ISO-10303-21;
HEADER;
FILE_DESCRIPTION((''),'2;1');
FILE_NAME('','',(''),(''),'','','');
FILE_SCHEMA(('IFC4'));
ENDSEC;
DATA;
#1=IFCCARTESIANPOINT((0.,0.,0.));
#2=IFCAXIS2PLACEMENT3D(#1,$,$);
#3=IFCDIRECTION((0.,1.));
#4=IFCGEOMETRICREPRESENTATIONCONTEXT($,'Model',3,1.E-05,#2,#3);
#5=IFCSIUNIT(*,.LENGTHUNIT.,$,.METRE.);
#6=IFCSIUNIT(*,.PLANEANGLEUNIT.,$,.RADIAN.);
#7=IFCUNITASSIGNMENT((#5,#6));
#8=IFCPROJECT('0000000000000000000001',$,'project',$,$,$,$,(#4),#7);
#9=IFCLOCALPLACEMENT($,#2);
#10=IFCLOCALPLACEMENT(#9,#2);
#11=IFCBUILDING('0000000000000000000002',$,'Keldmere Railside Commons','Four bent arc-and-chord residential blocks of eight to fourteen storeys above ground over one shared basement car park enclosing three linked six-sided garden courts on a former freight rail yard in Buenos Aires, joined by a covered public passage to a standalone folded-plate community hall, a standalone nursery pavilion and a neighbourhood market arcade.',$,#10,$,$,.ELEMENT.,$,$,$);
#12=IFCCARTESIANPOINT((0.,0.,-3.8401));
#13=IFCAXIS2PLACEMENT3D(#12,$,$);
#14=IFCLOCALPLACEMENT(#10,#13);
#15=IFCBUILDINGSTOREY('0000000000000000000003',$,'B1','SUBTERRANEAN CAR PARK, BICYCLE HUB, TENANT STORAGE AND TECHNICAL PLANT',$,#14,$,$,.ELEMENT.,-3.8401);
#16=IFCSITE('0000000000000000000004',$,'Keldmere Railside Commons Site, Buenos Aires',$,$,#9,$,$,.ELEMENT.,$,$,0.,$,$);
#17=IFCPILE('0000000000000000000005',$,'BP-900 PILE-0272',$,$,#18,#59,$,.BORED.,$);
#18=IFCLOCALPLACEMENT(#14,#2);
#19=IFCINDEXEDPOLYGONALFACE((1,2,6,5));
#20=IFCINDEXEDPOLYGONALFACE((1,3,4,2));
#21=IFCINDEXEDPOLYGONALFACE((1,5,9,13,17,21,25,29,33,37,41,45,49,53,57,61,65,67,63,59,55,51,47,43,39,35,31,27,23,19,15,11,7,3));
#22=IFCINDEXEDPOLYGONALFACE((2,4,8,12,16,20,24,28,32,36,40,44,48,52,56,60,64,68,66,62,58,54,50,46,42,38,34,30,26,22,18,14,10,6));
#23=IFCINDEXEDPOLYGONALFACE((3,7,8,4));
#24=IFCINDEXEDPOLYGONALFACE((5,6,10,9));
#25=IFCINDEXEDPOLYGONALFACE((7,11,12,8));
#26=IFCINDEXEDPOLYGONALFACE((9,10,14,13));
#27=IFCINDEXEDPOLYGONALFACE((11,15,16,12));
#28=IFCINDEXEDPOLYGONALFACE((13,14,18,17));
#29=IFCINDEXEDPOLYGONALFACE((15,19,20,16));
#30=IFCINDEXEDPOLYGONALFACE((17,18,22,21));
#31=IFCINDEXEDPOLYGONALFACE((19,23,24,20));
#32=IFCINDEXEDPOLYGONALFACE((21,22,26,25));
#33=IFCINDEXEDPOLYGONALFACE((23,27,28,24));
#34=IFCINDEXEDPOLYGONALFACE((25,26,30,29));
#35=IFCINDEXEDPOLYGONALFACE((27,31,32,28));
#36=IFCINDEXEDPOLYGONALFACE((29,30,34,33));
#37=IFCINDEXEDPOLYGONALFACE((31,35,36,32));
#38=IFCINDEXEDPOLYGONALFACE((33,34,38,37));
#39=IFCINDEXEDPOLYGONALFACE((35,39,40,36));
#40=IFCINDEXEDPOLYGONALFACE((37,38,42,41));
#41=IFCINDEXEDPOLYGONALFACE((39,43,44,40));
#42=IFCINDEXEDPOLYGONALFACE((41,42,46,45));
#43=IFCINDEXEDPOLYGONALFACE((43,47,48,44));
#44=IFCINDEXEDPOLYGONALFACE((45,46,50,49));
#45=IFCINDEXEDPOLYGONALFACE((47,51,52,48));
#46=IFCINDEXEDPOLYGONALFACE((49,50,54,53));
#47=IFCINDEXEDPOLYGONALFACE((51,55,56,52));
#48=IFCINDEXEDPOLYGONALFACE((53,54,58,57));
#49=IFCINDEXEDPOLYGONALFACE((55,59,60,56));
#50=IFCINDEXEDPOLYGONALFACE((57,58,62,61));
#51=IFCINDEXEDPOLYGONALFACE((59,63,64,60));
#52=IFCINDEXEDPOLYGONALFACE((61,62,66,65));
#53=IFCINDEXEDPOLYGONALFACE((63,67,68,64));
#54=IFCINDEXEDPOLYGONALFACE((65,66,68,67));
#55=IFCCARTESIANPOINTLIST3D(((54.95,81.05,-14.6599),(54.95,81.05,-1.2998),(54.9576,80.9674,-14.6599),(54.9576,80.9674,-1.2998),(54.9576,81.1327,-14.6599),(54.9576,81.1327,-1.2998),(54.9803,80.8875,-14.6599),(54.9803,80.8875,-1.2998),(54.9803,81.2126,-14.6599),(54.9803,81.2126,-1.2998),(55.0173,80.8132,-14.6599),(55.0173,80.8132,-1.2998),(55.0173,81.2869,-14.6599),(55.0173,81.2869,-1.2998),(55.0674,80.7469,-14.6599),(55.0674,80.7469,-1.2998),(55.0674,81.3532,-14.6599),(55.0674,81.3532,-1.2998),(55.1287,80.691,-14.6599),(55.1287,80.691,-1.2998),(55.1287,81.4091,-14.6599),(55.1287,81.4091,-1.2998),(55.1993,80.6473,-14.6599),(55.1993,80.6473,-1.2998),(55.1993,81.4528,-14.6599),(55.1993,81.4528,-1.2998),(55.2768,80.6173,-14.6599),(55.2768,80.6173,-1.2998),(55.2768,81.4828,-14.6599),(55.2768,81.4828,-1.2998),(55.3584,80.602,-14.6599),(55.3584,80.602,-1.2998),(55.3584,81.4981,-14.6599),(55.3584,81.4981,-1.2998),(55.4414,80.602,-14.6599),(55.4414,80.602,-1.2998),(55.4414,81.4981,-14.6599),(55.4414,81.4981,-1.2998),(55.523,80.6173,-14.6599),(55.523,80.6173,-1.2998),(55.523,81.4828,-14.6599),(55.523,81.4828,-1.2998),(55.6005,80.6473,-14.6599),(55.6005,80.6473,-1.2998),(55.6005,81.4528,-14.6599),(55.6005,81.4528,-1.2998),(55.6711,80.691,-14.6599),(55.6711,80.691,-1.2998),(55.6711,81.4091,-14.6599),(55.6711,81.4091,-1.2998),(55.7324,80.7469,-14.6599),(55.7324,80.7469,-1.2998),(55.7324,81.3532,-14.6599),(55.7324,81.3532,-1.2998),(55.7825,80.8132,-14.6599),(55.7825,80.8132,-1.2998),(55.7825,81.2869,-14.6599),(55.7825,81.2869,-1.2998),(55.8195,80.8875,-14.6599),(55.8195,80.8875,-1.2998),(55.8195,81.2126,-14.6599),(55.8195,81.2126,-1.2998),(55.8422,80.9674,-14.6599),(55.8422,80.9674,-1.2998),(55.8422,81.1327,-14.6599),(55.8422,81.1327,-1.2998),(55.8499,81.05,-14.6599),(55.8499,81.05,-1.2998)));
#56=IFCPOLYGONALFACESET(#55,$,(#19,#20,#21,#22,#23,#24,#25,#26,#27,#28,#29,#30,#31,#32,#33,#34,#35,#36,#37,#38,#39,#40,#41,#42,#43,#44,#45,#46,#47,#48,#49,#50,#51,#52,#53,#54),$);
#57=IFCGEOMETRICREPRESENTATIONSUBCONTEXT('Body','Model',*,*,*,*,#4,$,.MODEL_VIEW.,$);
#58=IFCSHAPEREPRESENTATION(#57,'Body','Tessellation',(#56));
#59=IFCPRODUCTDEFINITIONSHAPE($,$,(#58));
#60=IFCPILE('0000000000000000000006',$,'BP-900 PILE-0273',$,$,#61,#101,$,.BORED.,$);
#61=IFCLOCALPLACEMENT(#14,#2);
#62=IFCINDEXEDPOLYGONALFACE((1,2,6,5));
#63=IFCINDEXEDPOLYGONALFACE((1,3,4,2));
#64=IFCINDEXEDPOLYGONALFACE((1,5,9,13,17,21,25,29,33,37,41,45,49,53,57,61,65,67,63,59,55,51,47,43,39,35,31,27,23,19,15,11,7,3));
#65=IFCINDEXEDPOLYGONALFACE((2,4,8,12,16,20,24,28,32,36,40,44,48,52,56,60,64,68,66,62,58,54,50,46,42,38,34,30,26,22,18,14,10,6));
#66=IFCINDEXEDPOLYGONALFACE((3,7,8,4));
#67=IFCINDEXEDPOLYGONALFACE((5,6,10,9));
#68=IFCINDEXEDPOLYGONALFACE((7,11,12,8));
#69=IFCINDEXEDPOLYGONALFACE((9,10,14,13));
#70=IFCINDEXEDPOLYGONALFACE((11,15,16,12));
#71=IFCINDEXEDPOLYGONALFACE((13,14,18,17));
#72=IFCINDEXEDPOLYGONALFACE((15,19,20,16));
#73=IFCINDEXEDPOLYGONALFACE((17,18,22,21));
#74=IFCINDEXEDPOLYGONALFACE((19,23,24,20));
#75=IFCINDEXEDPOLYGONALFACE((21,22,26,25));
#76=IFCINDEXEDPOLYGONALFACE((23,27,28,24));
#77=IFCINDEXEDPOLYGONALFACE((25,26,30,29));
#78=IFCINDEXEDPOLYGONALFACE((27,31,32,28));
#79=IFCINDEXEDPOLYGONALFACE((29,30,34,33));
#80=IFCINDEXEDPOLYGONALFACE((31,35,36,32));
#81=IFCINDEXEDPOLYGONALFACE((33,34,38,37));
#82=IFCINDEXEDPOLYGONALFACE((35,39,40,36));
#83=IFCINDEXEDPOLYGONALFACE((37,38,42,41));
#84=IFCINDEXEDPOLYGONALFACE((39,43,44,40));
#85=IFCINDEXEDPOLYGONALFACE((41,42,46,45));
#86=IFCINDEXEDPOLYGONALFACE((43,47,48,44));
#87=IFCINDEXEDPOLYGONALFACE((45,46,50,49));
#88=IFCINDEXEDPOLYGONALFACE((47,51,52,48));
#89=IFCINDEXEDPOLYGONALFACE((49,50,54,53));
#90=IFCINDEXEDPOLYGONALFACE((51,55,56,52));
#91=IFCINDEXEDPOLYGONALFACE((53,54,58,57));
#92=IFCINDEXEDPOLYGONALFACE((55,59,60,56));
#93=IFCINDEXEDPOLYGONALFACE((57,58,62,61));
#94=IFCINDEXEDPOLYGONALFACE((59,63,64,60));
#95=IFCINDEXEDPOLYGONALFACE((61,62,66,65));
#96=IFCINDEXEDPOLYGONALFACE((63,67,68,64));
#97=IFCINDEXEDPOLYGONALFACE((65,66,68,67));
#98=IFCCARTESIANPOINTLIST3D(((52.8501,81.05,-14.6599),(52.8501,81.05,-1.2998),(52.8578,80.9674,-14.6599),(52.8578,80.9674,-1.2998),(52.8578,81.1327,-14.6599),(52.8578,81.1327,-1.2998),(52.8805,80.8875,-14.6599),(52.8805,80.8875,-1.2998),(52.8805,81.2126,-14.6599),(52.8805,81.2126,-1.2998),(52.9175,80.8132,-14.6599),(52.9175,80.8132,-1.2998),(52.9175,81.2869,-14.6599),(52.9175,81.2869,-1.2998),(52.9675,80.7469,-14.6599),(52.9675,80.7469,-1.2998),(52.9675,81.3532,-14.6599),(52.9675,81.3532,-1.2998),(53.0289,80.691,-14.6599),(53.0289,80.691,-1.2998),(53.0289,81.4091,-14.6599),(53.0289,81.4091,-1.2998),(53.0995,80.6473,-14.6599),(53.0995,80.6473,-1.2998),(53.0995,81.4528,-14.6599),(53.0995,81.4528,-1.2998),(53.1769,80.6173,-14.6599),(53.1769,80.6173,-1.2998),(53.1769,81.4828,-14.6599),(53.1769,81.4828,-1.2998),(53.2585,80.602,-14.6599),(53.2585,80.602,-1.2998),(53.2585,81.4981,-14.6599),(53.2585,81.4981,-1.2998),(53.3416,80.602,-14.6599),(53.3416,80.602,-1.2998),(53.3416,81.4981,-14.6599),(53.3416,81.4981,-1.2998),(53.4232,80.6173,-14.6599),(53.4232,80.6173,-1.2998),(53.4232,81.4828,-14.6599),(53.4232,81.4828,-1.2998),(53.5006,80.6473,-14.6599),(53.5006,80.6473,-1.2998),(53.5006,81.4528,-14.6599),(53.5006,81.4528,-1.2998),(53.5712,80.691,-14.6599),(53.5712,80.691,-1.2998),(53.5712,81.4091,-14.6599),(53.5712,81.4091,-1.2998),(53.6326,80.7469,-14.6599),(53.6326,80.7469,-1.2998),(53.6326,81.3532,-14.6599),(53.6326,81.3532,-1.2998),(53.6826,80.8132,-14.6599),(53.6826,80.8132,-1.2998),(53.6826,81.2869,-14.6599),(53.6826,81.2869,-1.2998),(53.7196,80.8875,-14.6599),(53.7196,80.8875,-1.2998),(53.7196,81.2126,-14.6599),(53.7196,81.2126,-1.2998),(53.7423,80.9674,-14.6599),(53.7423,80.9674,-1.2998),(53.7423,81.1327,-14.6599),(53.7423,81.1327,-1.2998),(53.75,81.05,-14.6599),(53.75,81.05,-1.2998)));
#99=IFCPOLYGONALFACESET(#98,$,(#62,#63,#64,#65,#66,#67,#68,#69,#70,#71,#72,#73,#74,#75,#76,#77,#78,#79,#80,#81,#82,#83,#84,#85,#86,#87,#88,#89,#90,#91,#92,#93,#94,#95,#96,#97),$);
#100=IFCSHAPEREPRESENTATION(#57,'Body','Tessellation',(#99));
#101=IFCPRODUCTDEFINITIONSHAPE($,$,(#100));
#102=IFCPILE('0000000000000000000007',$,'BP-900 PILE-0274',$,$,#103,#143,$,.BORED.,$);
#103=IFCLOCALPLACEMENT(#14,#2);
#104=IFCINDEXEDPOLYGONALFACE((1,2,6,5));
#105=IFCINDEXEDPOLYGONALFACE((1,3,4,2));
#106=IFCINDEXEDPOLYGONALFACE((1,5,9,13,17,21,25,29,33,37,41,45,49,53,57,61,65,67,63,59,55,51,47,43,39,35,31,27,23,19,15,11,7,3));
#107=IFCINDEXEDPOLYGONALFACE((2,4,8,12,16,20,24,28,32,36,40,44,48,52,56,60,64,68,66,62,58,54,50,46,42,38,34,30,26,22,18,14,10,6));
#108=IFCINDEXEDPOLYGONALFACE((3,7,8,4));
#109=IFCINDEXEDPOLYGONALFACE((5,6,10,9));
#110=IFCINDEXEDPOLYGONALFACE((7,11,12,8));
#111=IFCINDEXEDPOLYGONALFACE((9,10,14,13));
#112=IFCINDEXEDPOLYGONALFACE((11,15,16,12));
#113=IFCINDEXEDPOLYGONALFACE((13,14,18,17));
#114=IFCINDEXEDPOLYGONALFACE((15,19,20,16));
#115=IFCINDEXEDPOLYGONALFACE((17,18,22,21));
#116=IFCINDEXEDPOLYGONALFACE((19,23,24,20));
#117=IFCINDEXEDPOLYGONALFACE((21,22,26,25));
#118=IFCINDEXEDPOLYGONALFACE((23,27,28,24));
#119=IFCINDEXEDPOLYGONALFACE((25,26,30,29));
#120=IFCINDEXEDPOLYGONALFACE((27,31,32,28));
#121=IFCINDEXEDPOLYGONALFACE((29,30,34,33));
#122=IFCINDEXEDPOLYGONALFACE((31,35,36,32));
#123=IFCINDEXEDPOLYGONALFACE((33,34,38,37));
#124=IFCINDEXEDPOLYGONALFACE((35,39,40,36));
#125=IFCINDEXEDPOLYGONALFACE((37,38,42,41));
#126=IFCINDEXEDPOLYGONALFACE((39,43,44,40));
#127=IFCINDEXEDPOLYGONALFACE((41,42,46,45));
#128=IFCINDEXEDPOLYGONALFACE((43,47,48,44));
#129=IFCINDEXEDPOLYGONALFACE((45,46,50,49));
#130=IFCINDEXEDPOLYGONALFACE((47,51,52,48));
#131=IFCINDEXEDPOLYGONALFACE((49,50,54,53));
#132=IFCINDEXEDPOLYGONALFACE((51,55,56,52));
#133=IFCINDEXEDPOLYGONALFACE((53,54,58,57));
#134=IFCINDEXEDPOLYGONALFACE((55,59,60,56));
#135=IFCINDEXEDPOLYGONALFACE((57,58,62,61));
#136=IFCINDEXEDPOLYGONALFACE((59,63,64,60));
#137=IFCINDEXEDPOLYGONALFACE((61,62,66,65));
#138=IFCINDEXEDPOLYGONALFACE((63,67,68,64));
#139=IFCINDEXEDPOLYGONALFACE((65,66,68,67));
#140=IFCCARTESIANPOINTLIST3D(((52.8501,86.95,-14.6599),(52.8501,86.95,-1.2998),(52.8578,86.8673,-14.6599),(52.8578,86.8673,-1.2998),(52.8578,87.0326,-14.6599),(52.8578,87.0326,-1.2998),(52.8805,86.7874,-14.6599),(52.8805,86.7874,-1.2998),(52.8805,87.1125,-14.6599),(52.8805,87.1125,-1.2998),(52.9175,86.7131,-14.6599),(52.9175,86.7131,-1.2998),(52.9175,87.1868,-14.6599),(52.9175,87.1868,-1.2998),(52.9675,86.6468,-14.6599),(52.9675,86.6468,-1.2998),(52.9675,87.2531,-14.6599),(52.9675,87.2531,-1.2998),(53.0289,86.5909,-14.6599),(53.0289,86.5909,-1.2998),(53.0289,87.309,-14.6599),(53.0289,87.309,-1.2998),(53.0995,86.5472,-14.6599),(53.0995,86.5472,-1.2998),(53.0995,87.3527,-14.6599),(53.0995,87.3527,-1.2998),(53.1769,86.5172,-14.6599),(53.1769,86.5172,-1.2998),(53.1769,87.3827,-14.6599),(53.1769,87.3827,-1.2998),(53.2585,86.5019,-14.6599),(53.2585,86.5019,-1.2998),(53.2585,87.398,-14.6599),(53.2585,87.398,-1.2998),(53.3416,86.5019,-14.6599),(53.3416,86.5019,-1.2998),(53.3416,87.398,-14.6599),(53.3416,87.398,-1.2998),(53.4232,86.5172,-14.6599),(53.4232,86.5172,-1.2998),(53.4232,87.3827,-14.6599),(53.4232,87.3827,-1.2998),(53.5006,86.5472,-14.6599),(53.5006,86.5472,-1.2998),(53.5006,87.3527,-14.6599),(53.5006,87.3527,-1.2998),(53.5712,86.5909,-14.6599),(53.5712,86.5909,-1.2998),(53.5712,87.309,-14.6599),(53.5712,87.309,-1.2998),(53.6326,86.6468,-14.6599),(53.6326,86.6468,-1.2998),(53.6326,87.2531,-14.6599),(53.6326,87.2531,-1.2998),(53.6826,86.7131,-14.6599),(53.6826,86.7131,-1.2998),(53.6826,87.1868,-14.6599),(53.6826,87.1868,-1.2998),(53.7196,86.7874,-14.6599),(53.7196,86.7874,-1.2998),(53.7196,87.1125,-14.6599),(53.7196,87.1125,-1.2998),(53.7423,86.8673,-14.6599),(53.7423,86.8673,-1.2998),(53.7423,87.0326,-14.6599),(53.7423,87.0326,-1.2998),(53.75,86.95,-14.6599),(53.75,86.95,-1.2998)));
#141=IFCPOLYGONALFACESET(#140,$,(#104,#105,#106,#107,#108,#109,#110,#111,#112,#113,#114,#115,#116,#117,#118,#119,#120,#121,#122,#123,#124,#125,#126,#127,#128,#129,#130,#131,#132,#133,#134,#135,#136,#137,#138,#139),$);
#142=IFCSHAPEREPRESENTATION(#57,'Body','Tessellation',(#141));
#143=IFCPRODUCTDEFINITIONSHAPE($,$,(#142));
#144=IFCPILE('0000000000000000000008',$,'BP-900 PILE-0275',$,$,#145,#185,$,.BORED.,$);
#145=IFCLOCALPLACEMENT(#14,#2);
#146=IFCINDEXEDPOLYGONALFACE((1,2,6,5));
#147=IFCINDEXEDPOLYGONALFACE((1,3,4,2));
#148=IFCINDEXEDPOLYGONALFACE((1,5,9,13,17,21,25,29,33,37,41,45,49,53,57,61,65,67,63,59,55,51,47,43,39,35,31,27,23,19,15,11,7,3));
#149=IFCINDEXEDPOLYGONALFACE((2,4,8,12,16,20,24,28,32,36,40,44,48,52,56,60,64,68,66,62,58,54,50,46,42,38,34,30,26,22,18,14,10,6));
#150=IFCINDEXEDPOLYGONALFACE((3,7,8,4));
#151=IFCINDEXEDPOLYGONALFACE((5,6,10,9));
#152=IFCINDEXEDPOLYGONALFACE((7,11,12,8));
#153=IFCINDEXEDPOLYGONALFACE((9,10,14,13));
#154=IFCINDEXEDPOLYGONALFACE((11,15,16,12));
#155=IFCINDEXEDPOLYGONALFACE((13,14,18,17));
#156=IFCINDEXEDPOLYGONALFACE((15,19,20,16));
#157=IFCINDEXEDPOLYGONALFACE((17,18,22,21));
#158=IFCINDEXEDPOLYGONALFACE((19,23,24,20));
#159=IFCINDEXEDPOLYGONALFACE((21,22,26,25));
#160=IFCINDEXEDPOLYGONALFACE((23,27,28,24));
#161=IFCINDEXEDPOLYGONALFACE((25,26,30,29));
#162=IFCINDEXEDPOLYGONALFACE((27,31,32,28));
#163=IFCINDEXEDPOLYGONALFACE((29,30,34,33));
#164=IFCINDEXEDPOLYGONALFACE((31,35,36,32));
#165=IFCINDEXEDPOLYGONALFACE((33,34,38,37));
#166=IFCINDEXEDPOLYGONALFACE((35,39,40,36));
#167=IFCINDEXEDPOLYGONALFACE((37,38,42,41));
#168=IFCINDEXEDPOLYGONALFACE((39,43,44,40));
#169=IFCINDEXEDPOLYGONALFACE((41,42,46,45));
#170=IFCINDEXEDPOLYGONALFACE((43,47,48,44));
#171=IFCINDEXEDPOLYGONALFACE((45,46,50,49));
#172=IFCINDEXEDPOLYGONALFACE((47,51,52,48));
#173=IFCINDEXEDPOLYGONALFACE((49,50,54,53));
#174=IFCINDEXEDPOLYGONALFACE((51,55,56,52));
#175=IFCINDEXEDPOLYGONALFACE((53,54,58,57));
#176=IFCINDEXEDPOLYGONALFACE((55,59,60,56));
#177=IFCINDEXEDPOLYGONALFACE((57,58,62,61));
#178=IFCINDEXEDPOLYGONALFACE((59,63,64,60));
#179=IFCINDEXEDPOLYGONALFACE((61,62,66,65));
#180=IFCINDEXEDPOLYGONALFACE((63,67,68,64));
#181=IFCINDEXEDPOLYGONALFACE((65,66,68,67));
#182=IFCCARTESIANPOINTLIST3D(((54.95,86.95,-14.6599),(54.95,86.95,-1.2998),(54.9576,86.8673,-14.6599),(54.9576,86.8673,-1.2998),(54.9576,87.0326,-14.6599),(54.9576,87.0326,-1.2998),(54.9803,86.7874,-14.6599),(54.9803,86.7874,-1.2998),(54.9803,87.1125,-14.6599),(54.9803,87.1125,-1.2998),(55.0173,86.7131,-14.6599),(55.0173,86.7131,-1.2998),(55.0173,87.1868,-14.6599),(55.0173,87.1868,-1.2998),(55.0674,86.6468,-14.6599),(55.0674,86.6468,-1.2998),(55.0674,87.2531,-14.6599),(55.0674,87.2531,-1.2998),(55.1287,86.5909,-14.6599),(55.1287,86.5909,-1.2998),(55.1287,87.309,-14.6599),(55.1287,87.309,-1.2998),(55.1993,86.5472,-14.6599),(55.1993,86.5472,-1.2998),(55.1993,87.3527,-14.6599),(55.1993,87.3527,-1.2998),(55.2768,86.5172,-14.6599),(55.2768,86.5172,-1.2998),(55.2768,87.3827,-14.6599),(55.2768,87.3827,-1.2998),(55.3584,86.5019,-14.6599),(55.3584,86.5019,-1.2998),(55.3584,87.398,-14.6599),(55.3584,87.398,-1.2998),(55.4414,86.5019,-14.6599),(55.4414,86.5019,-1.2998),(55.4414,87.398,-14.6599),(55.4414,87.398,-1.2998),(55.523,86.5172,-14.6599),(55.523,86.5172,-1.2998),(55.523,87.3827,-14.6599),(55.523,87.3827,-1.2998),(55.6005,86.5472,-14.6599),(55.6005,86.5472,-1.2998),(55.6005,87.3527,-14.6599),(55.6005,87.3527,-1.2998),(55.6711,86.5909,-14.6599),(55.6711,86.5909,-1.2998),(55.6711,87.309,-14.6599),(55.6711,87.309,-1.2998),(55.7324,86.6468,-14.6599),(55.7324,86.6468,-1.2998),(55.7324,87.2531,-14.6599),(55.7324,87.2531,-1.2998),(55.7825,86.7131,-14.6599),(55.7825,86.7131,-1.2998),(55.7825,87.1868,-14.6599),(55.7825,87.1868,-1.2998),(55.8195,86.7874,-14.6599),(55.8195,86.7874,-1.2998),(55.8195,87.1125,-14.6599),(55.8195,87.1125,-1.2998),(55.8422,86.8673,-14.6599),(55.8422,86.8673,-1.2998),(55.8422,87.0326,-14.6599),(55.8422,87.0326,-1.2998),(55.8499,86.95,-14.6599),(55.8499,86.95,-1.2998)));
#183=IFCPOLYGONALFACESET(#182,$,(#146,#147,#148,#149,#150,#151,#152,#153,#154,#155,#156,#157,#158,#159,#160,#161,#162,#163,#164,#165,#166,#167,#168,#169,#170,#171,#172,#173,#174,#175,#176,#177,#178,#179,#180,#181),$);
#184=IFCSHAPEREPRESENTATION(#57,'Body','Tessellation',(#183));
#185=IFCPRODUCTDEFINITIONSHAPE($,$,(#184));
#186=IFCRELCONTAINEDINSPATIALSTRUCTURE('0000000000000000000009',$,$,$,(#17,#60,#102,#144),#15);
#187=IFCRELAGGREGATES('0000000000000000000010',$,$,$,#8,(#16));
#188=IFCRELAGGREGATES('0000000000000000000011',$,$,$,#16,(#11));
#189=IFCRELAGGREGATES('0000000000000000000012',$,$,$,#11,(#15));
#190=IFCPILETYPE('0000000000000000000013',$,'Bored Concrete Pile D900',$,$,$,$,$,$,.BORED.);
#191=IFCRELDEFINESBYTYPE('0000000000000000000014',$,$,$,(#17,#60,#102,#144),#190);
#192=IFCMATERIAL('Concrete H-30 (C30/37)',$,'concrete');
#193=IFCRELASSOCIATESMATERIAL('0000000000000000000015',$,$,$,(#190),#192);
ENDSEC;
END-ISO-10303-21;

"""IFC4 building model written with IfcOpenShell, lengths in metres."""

from ifc_helpers import new_model, si_unit, direction, frame, origin, origin_2d, place, context, subcontext, project, spatial, circle, extrude, material, material_profile, profile_set, type_object, element, save


model = new_model("IFC4")

# Units and contexts
model_context = context("Model", 3, precision=1e-05, world=origin(), true_north=direction((0.0, 1.0)))
body_context = subcontext(model_context, "Body", "Model", "MODEL_VIEW")
ifc_project = project(units=[si_unit("LENGTHUNIT", "METRE"), si_unit("PLANEANGLEUNIT", "RADIAN")], contexts=[model_context])

# Site, building, storey
site_placement = place(None, origin())
site = spatial("IfcSite", under=ifc_project, at=site_placement, Name="Keldmere Railside Commons Site, Buenos Aires", CompositionType="ELEMENT", RefElevation=0.0)
building_placement = place(site_placement, origin())
building = spatial("IfcBuilding", under=site, at=building_placement, Name="Keldmere Railside Commons", Description="Four bent arc-and-chord residential blocks of eight to fourteen storeys above ground over one shared basement car park enclosing three linked six-sided garden courts on a former freight rail yard in Buenos Aires, joined by a covered public passage to a standalone folded-plate community hall, a standalone nursery pavilion and a neighbourhood market arcade.", CompositionType="ELEMENT")
storey_placement = place(building_placement, frame((0.0, 0.0, -3.8401)))
storey = spatial("IfcBuildingStorey", under=building, at=storey_placement, Name="B1", Description="SUBTERRANEAN CAR PARK, BICYCLE HUB, TENANT STORAGE AND TECHNICAL PLANT", CompositionType="ELEMENT", Elevation=-3.8401)

# Piles
ifc_material_1 = material(Name="Concrete H-30 (C30/37)", Category="concrete")
ifc_material_profile_1 = material_profile(ifc_material_1, circle(Radius=0.45, at=origin_2d()), Name="PILE-D900")
ifc_profile_set_1 = profile_set([ifc_material_profile_1], Name="Concrete H-30 (C30/37)")
pile_type = type_object("IfcPileType", Name="Bored Concrete Pile D900", PredefinedType="BORED", material=ifc_profile_set_1)
for number, where, z_axis, x_axis, name in (
    (1, (55.3999, 81.05, -1.2998), (0.0, 0.0, -1.0), (1.0, 0.0, 0.0), "BP-900 PILE-0272"),
    (2, (53.3, 81.05, -1.2998), (0.0, 0.0, -1.0), (1.0, 0.0, 0.0), "BP-900 PILE-0273"),
    (3, (53.3, 86.95, -1.2998), (0.0, 0.0, -1.0), (1.0, 0.0, 0.0), "BP-900 PILE-0274"),
    (4, (55.3999, 86.95, -1.2998), (0.0, 0.0, -1.0), (1.0, 0.0, 0.0), "BP-900 PILE-0275"),
):
    element("IfcPile", number, at=place(storey_placement, frame(where, z_axis=z_axis, x_axis=x_axis)), inside=storey, type_object=pile_type, Name=name, PredefinedType="BORED", context=body_context, shape_type="SweptSolid", body=[
        extrude(circle(Radius=0.45, at=origin_2d()), origin(), (0.0, 0.0, 1.0), 13.3601),
    ])

save(model, "model.ifc")
